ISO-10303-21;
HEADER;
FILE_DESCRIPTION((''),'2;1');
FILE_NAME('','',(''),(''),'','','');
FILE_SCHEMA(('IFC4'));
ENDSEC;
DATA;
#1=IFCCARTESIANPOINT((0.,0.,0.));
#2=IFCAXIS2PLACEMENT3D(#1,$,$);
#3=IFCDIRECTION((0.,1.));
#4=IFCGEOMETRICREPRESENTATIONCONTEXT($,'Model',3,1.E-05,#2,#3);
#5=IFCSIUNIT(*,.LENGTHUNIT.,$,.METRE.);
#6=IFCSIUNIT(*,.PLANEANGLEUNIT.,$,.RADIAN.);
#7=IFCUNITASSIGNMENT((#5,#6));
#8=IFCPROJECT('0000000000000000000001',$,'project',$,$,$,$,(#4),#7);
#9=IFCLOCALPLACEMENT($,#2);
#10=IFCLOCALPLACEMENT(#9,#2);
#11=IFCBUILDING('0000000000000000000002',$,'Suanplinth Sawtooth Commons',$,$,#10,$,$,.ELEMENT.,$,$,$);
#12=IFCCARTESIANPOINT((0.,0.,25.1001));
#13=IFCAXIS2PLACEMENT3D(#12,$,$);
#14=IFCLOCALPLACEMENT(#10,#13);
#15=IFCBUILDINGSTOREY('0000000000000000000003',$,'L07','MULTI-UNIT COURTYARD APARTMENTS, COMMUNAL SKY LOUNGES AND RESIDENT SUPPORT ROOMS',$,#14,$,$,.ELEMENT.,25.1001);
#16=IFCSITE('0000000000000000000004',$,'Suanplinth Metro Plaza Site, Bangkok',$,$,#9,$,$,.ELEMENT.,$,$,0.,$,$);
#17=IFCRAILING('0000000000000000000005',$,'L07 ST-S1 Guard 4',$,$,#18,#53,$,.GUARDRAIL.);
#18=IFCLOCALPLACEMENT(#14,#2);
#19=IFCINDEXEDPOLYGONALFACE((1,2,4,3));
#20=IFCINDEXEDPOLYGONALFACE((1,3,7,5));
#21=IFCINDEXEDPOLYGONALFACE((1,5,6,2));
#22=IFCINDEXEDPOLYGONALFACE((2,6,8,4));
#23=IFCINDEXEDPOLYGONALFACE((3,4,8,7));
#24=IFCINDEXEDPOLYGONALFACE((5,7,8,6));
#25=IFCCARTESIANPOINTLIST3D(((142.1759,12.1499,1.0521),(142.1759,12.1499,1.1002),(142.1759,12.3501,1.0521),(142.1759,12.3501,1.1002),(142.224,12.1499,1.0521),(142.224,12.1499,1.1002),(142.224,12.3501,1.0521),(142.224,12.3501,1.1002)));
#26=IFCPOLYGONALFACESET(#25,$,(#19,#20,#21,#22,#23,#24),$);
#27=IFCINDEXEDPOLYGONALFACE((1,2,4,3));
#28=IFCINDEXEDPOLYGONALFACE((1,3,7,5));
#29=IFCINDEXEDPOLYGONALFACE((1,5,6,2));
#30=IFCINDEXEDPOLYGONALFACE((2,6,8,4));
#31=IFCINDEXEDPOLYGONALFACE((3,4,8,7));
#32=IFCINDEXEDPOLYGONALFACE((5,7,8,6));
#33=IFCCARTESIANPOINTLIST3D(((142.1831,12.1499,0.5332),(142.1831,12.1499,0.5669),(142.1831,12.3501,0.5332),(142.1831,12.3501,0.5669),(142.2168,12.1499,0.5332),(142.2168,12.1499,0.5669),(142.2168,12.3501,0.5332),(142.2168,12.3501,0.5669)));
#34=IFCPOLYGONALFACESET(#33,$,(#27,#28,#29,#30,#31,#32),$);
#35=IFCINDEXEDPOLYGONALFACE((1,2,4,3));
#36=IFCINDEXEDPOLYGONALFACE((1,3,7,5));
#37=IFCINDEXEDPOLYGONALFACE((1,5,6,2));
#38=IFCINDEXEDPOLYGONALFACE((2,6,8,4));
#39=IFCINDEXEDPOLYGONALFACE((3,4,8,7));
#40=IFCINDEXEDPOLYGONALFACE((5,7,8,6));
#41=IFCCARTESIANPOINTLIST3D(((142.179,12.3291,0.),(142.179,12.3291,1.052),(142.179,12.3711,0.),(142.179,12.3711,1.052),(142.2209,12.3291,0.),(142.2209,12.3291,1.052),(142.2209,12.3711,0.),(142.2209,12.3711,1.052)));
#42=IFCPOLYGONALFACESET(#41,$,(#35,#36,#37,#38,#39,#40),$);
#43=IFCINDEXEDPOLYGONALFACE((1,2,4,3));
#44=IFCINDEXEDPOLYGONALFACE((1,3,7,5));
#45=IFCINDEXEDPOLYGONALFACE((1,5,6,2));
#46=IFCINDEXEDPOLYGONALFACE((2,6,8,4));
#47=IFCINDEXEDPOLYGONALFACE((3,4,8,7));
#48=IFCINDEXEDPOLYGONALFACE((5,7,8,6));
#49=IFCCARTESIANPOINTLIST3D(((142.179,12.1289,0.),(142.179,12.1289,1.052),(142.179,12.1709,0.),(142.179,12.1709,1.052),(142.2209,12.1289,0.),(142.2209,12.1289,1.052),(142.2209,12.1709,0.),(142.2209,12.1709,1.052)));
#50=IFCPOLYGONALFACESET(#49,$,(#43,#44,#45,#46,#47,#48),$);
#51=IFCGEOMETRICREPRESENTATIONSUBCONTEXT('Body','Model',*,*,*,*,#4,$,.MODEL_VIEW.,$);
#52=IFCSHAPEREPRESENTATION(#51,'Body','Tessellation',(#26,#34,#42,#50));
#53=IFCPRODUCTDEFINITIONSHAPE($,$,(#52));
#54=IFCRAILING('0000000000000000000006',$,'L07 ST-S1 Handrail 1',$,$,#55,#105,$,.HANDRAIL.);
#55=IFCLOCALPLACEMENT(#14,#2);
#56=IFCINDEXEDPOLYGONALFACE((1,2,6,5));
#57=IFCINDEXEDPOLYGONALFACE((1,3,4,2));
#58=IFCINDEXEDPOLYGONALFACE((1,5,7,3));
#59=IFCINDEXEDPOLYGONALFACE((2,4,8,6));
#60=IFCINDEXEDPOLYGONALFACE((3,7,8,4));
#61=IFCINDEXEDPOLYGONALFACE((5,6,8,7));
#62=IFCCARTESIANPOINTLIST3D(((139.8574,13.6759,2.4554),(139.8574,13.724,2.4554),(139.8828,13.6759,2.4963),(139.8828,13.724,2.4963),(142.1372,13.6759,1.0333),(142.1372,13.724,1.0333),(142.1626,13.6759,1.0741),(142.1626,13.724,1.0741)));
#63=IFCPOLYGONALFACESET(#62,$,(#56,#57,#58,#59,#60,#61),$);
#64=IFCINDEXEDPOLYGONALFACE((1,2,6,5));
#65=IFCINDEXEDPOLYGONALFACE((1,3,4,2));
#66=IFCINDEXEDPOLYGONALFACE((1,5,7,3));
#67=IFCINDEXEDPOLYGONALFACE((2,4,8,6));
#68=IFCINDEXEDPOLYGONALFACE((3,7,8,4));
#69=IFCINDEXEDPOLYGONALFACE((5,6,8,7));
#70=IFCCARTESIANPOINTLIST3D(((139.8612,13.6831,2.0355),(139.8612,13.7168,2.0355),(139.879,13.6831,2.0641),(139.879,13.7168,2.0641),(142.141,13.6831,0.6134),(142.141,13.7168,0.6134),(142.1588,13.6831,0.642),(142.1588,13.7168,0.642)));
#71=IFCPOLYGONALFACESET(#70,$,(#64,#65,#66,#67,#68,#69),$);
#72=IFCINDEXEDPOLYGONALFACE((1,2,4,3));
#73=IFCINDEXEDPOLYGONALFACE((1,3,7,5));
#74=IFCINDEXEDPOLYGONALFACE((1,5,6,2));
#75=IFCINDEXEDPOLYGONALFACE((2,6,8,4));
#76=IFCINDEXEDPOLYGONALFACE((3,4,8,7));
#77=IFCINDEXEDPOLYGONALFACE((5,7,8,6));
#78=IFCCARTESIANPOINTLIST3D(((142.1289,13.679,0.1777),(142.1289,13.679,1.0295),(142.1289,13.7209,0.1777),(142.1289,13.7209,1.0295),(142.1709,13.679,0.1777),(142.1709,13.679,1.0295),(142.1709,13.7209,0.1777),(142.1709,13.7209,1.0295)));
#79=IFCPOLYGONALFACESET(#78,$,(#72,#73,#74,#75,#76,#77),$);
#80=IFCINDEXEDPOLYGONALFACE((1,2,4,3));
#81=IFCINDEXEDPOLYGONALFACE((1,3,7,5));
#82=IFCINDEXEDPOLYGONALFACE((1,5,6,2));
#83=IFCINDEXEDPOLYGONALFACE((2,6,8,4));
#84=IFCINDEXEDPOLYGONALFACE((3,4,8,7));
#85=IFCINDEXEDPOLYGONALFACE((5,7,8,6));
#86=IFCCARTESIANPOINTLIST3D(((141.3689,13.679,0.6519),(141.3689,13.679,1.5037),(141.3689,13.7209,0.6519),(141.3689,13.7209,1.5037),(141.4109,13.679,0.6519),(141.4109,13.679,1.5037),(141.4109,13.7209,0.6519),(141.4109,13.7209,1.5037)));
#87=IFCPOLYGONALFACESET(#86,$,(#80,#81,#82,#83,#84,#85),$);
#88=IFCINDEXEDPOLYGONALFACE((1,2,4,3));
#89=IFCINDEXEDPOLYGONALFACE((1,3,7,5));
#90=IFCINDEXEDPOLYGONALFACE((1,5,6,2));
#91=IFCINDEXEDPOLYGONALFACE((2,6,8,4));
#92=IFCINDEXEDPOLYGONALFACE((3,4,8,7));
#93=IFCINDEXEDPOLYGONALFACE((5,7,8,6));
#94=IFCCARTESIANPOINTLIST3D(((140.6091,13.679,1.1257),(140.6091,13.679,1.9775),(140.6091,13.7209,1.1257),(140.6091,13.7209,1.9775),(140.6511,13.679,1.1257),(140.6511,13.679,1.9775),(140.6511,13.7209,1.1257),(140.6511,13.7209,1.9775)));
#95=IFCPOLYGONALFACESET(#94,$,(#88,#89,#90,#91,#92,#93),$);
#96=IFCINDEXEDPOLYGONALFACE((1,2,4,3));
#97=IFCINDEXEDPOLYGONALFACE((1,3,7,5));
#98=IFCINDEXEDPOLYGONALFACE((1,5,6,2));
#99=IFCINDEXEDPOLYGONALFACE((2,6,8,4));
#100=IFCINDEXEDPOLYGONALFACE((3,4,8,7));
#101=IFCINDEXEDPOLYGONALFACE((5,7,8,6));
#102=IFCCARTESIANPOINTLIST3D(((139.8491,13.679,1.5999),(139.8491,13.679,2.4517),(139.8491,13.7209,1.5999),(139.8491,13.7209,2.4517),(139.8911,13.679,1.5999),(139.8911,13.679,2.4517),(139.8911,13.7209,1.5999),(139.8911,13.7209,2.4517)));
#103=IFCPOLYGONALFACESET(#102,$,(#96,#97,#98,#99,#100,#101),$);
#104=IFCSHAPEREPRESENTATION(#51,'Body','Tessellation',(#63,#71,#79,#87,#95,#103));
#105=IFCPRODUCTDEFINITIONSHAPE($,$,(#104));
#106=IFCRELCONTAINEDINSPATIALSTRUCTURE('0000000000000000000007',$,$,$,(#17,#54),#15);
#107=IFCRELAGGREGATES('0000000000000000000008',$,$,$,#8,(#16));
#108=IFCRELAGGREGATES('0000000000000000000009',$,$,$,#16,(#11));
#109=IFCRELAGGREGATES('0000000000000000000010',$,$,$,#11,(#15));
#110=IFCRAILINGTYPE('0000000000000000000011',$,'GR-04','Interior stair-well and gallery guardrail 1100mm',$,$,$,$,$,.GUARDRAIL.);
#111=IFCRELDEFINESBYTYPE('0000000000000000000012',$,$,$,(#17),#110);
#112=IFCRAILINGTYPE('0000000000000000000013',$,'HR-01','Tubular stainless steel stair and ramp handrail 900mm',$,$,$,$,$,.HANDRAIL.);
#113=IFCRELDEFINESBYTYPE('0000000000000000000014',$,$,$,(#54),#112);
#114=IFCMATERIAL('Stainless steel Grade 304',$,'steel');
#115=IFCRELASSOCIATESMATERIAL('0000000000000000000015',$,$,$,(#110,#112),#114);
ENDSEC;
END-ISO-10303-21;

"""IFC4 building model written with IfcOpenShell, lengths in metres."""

from ifc_helpers import new_model, si_unit, direction, frame, origin, origin_2d, place, context, subcontext, project, spatial, rectangle, extrude, material, type_object, element, save


model = new_model("IFC4")

# Units and contexts
model_context = context("Model", 3, precision=1e-05, world=origin(), true_north=direction((0.0, 1.0)))
body_context = subcontext(model_context, "Body", "Model", "MODEL_VIEW")
ifc_project = project(units=[si_unit("LENGTHUNIT", "METRE"), si_unit("PLANEANGLEUNIT", "RADIAN")], contexts=[model_context])

# Site, building, storey
site_placement = place(None, origin())
site = spatial("IfcSite", under=ifc_project, at=site_placement, Name="Suanplinth Metro Plaza Site, Bangkok", CompositionType="ELEMENT", RefElevation=0.0)
building_placement = place(site_placement, origin())
building = spatial("IfcBuilding", under=site, at=building_placement, Name="Suanplinth Sawtooth Commons", CompositionType="ELEMENT")
storey_placement = place(building_placement, frame((0.0, 0.0, 25.1001)))
storey = spatial("IfcBuildingStorey", under=building, at=storey_placement, Name="L07", Description="MULTI-UNIT COURTYARD APARTMENTS, COMMUNAL SKY LOUNGES AND RESIDENT SUPPORT ROOMS", CompositionType="ELEMENT", Elevation=25.1001)

# Shared definitions
ifc_material_1 = material(Name="Stainless steel Grade 304", Category="steel")

# Railings
railing_type_1 = type_object("IfcRailingType", Name="GR-04", Description="Interior stair-well and gallery guardrail 1100mm", PredefinedType="GUARDRAIL", material=ifc_material_1)
railing_1_placement = place(storey_placement, frame((142.2, 12.3501, 0.0)))
element("IfcRailing", 1, at=railing_1_placement, inside=storey, type_object=railing_type_1, Name="L07 ST-S1 Guard 4", PredefinedType="GUARDRAIL", context=body_context, shape_type="SweptSolid", body=[
    extrude(rectangle(XDim=0.0481, YDim=0.0481, at=origin_2d()), frame((0.0, 0.0, 1.0762), z_axis=(0.0, -1.0, 0.0), x_axis=(1.0, 0.0, 0.0)), (0.0, 0.0, 1.0), 0.2002),
    extrude(rectangle(XDim=0.0337, YDim=0.0337, at=origin_2d()), frame((0.0, 0.0, 0.55), z_axis=(0.0, -1.0, 0.0), x_axis=(1.0, 0.0, 0.0)), (0.0, 0.0, 1.0), 0.2002),
    extrude(rectangle(XDim=0.042, YDim=0.042, at=origin_2d()), origin(), (0.0, 0.0, 1.0), 1.052),
    extrude(rectangle(XDim=0.042, YDim=0.042, at=origin_2d()), frame((0.0, -0.2002, 0.0)), (0.0, 0.0, 1.0), 1.052),
])
railing_type_2 = type_object("IfcRailingType", Name="HR-01", Description="Tubular stainless steel stair and ramp handrail 900mm", PredefinedType="HANDRAIL", material=ifc_material_1)
railing_2_placement = place(storey_placement, frame((142.1499, 13.7, 0.1777)))
element("IfcRailing", 2, at=railing_2_placement, inside=storey, type_object=railing_type_2, Name="L07 ST-S1 Handrail 1", PredefinedType="HANDRAIL", context=body_context, shape_type="SweptSolid", body=[
    extrude(rectangle(XDim=0.0481, YDim=0.0481, at=origin_2d()), frame((0.0, 0.0, 0.876), z_axis=(-0.848457, 0.0, 0.529264), x_axis=(0.0, -1.0, 0.0)), (0.0, 0.0, 1.0), 2.687),
    extrude(rectangle(XDim=0.0337, YDim=0.0337, at=origin_2d()), frame((0.0, 0.0, 0.45), z_axis=(-0.848457, 0.0, 0.529264), x_axis=(0.0, -1.0, 0.0)), (0.0, 0.0, 1.0), 2.687),
    extrude(rectangle(XDim=0.042, YDim=0.042, at=origin_2d()), origin(), (0.0, 0.0, 1.0), 0.8518),
    extrude(rectangle(XDim=0.042, YDim=0.042, at=origin_2d()), frame((-0.76, 0.0, 0.4741)), (0.0, 0.0, 1.0), 0.8518),
    extrude(rectangle(XDim=0.042, YDim=0.042, at=origin_2d()), frame((-1.5198, 0.0, 0.948)), (0.0, 0.0, 1.0), 0.8518),
    extrude(rectangle(XDim=0.042, YDim=0.042, at=origin_2d()), frame((-2.2798, 0.0, 1.4221)), (0.0, 0.0, 1.0), 0.8518),
])

save(model, "model.ifc")
